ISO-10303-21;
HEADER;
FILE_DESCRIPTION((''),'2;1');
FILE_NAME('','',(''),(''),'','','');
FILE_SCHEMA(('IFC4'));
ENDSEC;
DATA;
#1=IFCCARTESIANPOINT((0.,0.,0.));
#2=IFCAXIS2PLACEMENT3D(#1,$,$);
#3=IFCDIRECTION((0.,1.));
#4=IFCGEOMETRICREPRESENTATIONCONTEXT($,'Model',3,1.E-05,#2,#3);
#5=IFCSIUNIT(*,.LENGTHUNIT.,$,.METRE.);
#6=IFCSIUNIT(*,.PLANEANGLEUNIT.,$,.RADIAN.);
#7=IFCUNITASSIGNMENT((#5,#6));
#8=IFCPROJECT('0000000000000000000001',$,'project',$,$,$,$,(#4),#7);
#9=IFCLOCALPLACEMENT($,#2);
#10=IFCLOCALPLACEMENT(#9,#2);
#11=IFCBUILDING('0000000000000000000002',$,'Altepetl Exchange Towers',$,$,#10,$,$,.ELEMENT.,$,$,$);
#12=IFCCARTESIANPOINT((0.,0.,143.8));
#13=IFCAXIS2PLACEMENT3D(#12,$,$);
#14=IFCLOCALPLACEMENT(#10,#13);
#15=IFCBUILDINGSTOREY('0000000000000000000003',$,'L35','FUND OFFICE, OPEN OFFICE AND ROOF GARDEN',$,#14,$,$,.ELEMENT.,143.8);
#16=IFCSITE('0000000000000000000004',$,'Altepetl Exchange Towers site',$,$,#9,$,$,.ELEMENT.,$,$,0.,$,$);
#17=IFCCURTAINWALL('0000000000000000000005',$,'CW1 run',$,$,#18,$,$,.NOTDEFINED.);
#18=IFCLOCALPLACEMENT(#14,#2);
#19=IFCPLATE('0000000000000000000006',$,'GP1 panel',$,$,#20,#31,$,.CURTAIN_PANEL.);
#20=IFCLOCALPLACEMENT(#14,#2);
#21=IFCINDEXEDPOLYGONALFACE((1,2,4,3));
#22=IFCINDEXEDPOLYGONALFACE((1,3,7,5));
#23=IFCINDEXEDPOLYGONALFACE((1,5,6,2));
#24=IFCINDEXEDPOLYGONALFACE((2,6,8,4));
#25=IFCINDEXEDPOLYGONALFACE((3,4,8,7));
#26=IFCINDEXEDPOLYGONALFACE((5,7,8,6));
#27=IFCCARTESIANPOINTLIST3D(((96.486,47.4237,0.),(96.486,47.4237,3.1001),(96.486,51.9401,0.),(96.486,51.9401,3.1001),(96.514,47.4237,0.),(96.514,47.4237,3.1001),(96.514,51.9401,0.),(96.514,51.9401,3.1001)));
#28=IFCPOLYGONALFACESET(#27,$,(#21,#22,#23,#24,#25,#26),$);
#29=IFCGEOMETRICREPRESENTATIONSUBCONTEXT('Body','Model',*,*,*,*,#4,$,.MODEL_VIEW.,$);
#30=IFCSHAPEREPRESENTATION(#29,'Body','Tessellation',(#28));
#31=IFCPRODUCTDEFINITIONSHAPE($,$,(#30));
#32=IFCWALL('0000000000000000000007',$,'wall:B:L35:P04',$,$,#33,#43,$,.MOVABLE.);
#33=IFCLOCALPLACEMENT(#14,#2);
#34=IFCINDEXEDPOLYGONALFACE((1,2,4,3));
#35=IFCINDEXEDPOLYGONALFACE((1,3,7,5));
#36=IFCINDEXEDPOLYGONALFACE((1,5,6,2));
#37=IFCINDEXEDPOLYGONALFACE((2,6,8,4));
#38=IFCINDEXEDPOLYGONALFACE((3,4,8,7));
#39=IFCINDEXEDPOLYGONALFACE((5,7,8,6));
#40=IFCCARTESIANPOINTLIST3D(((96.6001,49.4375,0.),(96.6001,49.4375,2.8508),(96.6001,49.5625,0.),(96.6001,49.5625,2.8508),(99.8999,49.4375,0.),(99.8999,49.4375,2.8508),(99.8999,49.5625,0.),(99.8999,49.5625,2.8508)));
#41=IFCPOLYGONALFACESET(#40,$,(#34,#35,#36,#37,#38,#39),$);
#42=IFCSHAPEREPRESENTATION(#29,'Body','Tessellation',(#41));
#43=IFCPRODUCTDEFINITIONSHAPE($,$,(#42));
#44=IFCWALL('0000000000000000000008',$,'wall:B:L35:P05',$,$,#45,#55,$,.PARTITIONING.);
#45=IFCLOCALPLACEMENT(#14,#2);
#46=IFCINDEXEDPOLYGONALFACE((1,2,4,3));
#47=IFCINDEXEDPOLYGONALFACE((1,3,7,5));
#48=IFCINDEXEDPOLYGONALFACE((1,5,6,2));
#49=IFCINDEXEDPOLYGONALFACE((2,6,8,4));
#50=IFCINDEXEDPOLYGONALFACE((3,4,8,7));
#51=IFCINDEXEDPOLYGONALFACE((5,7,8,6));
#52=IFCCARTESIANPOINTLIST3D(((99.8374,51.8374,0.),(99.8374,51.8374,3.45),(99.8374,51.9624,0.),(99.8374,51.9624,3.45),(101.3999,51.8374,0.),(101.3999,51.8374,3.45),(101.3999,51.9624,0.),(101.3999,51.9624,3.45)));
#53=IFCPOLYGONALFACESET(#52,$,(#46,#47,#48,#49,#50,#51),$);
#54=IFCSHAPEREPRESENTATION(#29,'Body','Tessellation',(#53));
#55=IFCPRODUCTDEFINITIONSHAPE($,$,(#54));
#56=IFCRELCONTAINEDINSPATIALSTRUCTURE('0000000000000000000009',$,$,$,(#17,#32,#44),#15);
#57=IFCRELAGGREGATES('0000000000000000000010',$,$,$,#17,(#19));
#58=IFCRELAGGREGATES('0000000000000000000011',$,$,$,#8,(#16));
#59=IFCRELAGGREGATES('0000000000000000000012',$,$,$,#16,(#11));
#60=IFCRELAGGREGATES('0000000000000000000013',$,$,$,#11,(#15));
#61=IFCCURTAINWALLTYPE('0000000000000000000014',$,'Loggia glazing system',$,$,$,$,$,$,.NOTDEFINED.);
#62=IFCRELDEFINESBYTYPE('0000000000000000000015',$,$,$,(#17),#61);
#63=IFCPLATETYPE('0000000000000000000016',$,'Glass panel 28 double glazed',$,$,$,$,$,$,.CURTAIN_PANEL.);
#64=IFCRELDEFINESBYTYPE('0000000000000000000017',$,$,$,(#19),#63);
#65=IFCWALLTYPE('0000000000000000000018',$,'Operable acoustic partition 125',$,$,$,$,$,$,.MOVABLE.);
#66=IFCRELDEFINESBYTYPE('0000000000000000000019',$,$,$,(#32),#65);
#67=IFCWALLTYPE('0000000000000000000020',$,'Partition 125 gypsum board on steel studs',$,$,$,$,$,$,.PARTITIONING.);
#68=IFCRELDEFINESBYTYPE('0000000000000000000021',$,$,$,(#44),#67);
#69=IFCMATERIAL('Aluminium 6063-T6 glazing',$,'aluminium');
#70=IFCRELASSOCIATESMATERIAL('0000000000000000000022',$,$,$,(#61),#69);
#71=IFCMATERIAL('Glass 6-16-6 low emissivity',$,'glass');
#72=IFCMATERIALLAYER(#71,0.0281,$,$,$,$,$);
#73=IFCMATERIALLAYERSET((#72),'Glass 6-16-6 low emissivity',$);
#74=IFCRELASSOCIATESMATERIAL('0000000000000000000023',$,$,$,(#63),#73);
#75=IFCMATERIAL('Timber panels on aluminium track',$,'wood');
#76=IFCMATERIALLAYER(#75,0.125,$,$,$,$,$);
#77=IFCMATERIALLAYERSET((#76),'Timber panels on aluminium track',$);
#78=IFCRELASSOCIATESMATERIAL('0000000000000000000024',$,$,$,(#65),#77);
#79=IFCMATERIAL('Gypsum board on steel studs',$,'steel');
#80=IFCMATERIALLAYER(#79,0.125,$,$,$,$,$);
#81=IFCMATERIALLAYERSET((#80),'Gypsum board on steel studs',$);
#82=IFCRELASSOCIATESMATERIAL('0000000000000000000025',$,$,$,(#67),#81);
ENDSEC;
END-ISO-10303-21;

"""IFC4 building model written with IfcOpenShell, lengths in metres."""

from ifc_helpers import new_model, si_unit, direction, frame, frame_2d, origin, origin_2d, place, context, subcontext, project, spatial, rectangle, extrude, material, layer, layer_set, type_object, element, aggregate, save


model = new_model("IFC4")

# Units and contexts
model_context = context("Model", 3, precision=1e-05, world=origin(), true_north=direction((0.0, 1.0)))
body_context = subcontext(model_context, "Body", "Model", "MODEL_VIEW")
ifc_project = project(units=[si_unit("LENGTHUNIT", "METRE"), si_unit("PLANEANGLEUNIT", "RADIAN")], contexts=[model_context])

# Site, building, storey
site_placement = place(None, origin())
site = spatial("IfcSite", under=ifc_project, at=site_placement, Name="Altepetl Exchange Towers site", CompositionType="ELEMENT", RefElevation=0.0)
building_placement = place(site_placement, origin())
building = spatial("IfcBuilding", under=site, at=building_placement, Name="Altepetl Exchange Towers", CompositionType="ELEMENT")
storey_placement = place(building_placement, frame((0.0, 0.0, 143.8)))
storey = spatial("IfcBuildingStorey", under=building, at=storey_placement, Name="L35", Description="FUND OFFICE, OPEN OFFICE AND ROOF GARDEN", CompositionType="ELEMENT", Elevation=143.8)

# Shared definitions
ifc_material_1 = material(Name="Aluminium 6063-T6 glazing", Category="aluminium")
curtain_wall_type = type_object("IfcCurtainWallType", Name="Loggia glazing system", PredefinedType="NOTDEFINED", material=ifc_material_1)

# Curtain wall
curtain_wall_1_placement = place(storey_placement, origin())
curtain_wall_1 = element("IfcCurtainWall", 1, at=curtain_wall_1_placement, inside=storey, type_object=curtain_wall_type, Name="CW1 run", PredefinedType="NOTDEFINED")

# Plate
ifc_material_2 = material(Name="Glass 6-16-6 low emissivity", Category="glass")
ifc_layer_1 = layer(ifc_material_2, 0.0281)
ifc_layer_set_1 = layer_set([ifc_layer_1], Name="Glass 6-16-6 low emissivity")
plate_type = type_object("IfcPlateType", Name="Glass panel 28 double glazed", PredefinedType="CURTAIN_PANEL", material=ifc_layer_set_1)
plate_1_placement = place(storey_placement, frame((96.5, 49.6819, 0.0), z_axis=(0.0, 0.0, 1.0), x_axis=(0.0, -1.0, 0.0)))
plate_1 = element("IfcPlate", 2, at=plate_1_placement, type_object=plate_type, Name="GP1 panel", PredefinedType="CURTAIN_PANEL", context=body_context, shape_type="SweptSolid", body=[
    extrude(rectangle(XDim=4.5164, YDim=0.0281, at=origin_2d()), origin(), (0.0, 0.0, 1.0), 3.1001),
])
aggregate(curtain_wall_1, [plate_1])

# Walls
ifc_material_3 = material(Name="Timber panels on aluminium track", Category="wood")
ifc_layer_2 = layer(ifc_material_3, 0.125)
ifc_layer_set_2 = layer_set([ifc_layer_2], Name="Timber panels on aluminium track")
wall_type_1 = type_object("IfcWallType", Name="Operable acoustic partition 125", PredefinedType="MOVABLE", material=ifc_layer_set_2)
wall_1_placement = place(storey_placement, frame((96.6001, 49.5, 0.0)))
element("IfcWall", 3, at=wall_1_placement, inside=storey, type_object=wall_type_1, Name="wall:B:L35:P04", PredefinedType="MOVABLE", context=body_context, shape_type="SweptSolid", body=[
    extrude(rectangle(XDim=3.2998, YDim=0.125, at=frame_2d((1.6499, 0.0))), origin(), (0.0, 0.0, 1.0), 2.8508),
])
ifc_material_4 = material(Name="Gypsum board on steel studs", Category="steel")
ifc_layer_3 = layer(ifc_material_4, 0.125)
ifc_layer_set_3 = layer_set([ifc_layer_3], Name="Gypsum board on steel studs")
wall_type_2 = type_object("IfcWallType", Name="Partition 125 gypsum board on steel studs", PredefinedType="PARTITIONING", material=ifc_layer_set_3)
wall_2_placement = place(storey_placement, frame((99.8374, 51.8999, 0.0)))
element("IfcWall", 4, at=wall_2_placement, inside=storey, type_object=wall_type_2, Name="wall:B:L35:P05", PredefinedType="PARTITIONING", context=body_context, shape_type="SweptSolid", body=[
    extrude(rectangle(XDim=1.5625, YDim=0.125, at=frame_2d((0.7812, 0.0))), origin(), (0.0, 0.0, 1.0), 3.45),
])

save(model, "model.ifc")
